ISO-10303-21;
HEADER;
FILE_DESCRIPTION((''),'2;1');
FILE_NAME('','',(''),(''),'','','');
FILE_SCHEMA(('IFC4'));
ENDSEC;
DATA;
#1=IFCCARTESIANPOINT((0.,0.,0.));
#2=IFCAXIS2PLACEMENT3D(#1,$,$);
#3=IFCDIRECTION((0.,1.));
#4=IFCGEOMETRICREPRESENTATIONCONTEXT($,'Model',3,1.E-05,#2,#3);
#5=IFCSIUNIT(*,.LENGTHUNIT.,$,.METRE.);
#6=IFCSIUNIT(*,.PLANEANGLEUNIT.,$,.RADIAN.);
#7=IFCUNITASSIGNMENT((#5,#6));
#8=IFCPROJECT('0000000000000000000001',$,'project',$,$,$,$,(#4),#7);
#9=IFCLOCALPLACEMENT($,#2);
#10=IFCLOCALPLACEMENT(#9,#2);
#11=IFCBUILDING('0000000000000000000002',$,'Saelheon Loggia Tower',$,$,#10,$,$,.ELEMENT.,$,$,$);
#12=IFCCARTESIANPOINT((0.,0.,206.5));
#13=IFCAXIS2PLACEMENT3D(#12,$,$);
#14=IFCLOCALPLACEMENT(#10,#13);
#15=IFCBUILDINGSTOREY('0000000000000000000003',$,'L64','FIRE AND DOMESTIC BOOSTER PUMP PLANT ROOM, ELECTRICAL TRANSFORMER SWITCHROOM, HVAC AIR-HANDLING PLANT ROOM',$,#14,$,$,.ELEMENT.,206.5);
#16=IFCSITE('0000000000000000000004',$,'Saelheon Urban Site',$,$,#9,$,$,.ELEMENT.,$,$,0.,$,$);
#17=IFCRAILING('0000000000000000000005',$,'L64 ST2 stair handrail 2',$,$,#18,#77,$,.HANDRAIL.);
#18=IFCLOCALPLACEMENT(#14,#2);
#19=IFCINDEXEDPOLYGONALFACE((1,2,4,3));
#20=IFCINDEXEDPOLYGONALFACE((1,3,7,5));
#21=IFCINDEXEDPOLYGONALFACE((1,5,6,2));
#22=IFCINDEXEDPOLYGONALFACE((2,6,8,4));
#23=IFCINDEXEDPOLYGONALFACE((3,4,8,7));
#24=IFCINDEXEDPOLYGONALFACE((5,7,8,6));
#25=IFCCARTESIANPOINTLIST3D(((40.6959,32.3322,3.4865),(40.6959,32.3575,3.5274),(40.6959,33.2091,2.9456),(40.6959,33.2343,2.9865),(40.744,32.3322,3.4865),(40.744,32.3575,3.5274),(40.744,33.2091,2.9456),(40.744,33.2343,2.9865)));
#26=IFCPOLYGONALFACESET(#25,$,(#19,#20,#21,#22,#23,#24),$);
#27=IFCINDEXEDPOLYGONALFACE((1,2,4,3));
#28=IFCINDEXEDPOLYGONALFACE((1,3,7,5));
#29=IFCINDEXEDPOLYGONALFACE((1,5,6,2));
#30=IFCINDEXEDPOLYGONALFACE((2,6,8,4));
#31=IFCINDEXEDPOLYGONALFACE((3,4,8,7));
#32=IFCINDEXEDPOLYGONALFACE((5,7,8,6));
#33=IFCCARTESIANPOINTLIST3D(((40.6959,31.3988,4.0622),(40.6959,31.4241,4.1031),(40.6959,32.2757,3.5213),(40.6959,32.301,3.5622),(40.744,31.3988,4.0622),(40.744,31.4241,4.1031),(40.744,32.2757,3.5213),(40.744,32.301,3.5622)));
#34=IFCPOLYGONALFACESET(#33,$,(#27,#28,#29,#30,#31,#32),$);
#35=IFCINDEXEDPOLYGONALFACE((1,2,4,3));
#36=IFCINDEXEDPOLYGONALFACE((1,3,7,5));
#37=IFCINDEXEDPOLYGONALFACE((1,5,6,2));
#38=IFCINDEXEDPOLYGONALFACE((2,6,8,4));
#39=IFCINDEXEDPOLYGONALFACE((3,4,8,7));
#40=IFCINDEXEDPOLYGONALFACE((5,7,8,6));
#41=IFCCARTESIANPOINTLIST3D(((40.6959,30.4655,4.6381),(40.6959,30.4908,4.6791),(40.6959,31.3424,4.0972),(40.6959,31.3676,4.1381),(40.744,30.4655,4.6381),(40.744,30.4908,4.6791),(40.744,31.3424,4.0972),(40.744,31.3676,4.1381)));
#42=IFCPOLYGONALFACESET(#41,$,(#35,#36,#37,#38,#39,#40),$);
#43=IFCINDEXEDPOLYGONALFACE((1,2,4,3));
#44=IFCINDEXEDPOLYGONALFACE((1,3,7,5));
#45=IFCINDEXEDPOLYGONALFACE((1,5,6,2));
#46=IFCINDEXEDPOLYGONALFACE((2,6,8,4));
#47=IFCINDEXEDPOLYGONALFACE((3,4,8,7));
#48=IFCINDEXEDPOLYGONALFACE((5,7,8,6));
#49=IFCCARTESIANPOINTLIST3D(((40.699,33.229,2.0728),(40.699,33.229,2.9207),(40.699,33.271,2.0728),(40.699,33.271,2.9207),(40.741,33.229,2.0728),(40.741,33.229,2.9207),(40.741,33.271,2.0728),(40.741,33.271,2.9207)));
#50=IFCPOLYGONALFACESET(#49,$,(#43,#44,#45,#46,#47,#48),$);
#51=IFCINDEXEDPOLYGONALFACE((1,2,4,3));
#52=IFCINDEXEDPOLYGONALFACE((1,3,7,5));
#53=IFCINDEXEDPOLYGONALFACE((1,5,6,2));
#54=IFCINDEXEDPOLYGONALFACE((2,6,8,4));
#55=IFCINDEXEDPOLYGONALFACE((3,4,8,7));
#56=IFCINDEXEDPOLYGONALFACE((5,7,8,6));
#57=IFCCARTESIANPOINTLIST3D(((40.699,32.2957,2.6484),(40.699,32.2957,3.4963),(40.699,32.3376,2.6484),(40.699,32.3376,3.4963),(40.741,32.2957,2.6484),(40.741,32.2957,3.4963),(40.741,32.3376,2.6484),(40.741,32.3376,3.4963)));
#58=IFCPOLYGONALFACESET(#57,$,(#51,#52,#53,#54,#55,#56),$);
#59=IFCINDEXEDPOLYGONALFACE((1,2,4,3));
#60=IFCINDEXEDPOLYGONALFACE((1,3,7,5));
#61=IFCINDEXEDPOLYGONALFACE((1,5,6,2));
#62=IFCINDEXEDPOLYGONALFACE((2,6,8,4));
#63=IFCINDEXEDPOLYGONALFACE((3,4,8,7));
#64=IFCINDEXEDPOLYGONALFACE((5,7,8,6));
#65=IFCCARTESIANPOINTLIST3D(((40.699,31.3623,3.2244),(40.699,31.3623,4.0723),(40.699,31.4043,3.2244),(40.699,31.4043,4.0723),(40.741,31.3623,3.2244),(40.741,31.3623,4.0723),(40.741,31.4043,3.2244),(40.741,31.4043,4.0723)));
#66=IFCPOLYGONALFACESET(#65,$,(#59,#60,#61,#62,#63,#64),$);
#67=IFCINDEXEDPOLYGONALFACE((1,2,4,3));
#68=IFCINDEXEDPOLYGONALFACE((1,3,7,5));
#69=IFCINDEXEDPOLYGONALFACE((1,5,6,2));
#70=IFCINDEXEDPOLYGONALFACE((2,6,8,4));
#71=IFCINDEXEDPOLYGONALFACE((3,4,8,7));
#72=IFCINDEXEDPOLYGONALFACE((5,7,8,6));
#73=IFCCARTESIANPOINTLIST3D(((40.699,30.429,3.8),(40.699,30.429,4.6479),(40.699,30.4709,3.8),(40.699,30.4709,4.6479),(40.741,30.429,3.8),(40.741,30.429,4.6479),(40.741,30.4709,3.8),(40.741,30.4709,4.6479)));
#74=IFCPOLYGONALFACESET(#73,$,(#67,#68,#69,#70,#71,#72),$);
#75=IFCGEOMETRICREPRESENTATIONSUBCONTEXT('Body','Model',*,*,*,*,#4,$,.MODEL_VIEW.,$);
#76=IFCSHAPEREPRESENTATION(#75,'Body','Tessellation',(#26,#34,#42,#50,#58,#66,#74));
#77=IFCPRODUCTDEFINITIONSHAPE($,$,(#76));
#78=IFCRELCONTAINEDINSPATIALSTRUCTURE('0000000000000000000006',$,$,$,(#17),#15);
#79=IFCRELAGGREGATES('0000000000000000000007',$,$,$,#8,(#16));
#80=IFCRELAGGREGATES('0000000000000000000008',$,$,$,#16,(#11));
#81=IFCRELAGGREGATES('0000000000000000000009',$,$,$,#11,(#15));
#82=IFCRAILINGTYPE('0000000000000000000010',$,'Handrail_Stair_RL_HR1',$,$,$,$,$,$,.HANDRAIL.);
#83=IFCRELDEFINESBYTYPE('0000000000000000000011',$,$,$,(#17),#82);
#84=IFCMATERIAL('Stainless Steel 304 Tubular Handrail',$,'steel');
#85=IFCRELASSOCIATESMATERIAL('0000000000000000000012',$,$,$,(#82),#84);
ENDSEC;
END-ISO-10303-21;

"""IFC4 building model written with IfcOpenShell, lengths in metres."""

from ifc_helpers import new_model, si_unit, direction, frame, origin, origin_2d, place, context, subcontext, project, spatial, rectangle, extrude, material, type_object, element, save


model = new_model("IFC4")

# Units and contexts
model_context = context("Model", 3, precision=1e-05, world=origin(), true_north=direction((0.0, 1.0)))
body_context = subcontext(model_context, "Body", "Model", "MODEL_VIEW")
ifc_project = project(units=[si_unit("LENGTHUNIT", "METRE"), si_unit("PLANEANGLEUNIT", "RADIAN")], contexts=[model_context])

# Site, building, storey
site_placement = place(None, origin())
site = spatial("IfcSite", under=ifc_project, at=site_placement, Name="Saelheon Urban Site", CompositionType="ELEMENT", RefElevation=0.0)
building_placement = place(site_placement, origin())
building = spatial("IfcBuilding", under=site, at=building_placement, Name="Saelheon Loggia Tower", CompositionType="ELEMENT")
storey_placement = place(building_placement, frame((0.0, 0.0, 206.5)))
storey = spatial("IfcBuildingStorey", under=building, at=storey_placement, Name="L64", Description="FIRE AND DOMESTIC BOOSTER PUMP PLANT ROOM, ELECTRICAL TRANSFORMER SWITCHROOM, HVAC AIR-HANDLING PLANT ROOM", CompositionType="ELEMENT", Elevation=206.5)

# Railing
ifc_material_1 = material(Name="Stainless Steel 304 Tubular Handrail", Category="steel")
railing_type_1 = type_object("IfcRailingType", Name="Handrail_Stair_RL_HR1", PredefinedType="HANDRAIL", material=ifc_material_1)
railing_1_placement = place(storey_placement, frame((40.72, 33.25, 2.0728)))
element("IfcRailing", 1, at=railing_1_placement, inside=storey, type_object=railing_type_1, Name="L64 ST2 stair handrail 2", PredefinedType="HANDRAIL", context=body_context, shape_type="SweptSolid", body=[
    extrude(rectangle(XDim=0.0481, YDim=0.0481, at=origin_2d()), frame((0.0, -0.0283, 0.8933), z_axis=(0.0, -0.85109, 0.52502), x_axis=(1.0, 0.0, 0.0)), (0.0, 0.0, 1.0), 1.0303),
    extrude(rectangle(XDim=0.0481, YDim=0.0481, at=origin_2d()), frame((0.0, -0.9617, 1.469), z_axis=(0.0, -0.85109, 0.52502), x_axis=(1.0, 0.0, 0.0)), (0.0, 0.0, 1.0), 1.0303),
    extrude(rectangle(XDim=0.0481, YDim=0.0481, at=origin_2d()), frame((0.0, -1.895, 2.0449), z_axis=(0.0, -0.85109, 0.52502), x_axis=(1.0, 0.0, 0.0)), (0.0, 0.0, 1.0), 1.0303),
    extrude(rectangle(XDim=0.042, YDim=0.042, at=origin_2d()), origin(), (0.0, 0.0, 1.0), 0.8479),
    extrude(rectangle(XDim=0.042, YDim=0.042, at=origin_2d()), frame((0.0, -0.9333, 0.5757)), (0.0, 0.0, 1.0), 0.8479),
    extrude(rectangle(XDim=0.042, YDim=0.042, at=origin_2d()), frame((0.0, -1.8667, 1.1516)), (0.0, 0.0, 1.0), 0.8479),
    extrude(rectangle(XDim=0.042, YDim=0.042, at=origin_2d()), frame((0.0, -2.8, 1.7273)), (0.0, 0.0, 1.0), 0.8479),
])

save(model, "model.ifc")
